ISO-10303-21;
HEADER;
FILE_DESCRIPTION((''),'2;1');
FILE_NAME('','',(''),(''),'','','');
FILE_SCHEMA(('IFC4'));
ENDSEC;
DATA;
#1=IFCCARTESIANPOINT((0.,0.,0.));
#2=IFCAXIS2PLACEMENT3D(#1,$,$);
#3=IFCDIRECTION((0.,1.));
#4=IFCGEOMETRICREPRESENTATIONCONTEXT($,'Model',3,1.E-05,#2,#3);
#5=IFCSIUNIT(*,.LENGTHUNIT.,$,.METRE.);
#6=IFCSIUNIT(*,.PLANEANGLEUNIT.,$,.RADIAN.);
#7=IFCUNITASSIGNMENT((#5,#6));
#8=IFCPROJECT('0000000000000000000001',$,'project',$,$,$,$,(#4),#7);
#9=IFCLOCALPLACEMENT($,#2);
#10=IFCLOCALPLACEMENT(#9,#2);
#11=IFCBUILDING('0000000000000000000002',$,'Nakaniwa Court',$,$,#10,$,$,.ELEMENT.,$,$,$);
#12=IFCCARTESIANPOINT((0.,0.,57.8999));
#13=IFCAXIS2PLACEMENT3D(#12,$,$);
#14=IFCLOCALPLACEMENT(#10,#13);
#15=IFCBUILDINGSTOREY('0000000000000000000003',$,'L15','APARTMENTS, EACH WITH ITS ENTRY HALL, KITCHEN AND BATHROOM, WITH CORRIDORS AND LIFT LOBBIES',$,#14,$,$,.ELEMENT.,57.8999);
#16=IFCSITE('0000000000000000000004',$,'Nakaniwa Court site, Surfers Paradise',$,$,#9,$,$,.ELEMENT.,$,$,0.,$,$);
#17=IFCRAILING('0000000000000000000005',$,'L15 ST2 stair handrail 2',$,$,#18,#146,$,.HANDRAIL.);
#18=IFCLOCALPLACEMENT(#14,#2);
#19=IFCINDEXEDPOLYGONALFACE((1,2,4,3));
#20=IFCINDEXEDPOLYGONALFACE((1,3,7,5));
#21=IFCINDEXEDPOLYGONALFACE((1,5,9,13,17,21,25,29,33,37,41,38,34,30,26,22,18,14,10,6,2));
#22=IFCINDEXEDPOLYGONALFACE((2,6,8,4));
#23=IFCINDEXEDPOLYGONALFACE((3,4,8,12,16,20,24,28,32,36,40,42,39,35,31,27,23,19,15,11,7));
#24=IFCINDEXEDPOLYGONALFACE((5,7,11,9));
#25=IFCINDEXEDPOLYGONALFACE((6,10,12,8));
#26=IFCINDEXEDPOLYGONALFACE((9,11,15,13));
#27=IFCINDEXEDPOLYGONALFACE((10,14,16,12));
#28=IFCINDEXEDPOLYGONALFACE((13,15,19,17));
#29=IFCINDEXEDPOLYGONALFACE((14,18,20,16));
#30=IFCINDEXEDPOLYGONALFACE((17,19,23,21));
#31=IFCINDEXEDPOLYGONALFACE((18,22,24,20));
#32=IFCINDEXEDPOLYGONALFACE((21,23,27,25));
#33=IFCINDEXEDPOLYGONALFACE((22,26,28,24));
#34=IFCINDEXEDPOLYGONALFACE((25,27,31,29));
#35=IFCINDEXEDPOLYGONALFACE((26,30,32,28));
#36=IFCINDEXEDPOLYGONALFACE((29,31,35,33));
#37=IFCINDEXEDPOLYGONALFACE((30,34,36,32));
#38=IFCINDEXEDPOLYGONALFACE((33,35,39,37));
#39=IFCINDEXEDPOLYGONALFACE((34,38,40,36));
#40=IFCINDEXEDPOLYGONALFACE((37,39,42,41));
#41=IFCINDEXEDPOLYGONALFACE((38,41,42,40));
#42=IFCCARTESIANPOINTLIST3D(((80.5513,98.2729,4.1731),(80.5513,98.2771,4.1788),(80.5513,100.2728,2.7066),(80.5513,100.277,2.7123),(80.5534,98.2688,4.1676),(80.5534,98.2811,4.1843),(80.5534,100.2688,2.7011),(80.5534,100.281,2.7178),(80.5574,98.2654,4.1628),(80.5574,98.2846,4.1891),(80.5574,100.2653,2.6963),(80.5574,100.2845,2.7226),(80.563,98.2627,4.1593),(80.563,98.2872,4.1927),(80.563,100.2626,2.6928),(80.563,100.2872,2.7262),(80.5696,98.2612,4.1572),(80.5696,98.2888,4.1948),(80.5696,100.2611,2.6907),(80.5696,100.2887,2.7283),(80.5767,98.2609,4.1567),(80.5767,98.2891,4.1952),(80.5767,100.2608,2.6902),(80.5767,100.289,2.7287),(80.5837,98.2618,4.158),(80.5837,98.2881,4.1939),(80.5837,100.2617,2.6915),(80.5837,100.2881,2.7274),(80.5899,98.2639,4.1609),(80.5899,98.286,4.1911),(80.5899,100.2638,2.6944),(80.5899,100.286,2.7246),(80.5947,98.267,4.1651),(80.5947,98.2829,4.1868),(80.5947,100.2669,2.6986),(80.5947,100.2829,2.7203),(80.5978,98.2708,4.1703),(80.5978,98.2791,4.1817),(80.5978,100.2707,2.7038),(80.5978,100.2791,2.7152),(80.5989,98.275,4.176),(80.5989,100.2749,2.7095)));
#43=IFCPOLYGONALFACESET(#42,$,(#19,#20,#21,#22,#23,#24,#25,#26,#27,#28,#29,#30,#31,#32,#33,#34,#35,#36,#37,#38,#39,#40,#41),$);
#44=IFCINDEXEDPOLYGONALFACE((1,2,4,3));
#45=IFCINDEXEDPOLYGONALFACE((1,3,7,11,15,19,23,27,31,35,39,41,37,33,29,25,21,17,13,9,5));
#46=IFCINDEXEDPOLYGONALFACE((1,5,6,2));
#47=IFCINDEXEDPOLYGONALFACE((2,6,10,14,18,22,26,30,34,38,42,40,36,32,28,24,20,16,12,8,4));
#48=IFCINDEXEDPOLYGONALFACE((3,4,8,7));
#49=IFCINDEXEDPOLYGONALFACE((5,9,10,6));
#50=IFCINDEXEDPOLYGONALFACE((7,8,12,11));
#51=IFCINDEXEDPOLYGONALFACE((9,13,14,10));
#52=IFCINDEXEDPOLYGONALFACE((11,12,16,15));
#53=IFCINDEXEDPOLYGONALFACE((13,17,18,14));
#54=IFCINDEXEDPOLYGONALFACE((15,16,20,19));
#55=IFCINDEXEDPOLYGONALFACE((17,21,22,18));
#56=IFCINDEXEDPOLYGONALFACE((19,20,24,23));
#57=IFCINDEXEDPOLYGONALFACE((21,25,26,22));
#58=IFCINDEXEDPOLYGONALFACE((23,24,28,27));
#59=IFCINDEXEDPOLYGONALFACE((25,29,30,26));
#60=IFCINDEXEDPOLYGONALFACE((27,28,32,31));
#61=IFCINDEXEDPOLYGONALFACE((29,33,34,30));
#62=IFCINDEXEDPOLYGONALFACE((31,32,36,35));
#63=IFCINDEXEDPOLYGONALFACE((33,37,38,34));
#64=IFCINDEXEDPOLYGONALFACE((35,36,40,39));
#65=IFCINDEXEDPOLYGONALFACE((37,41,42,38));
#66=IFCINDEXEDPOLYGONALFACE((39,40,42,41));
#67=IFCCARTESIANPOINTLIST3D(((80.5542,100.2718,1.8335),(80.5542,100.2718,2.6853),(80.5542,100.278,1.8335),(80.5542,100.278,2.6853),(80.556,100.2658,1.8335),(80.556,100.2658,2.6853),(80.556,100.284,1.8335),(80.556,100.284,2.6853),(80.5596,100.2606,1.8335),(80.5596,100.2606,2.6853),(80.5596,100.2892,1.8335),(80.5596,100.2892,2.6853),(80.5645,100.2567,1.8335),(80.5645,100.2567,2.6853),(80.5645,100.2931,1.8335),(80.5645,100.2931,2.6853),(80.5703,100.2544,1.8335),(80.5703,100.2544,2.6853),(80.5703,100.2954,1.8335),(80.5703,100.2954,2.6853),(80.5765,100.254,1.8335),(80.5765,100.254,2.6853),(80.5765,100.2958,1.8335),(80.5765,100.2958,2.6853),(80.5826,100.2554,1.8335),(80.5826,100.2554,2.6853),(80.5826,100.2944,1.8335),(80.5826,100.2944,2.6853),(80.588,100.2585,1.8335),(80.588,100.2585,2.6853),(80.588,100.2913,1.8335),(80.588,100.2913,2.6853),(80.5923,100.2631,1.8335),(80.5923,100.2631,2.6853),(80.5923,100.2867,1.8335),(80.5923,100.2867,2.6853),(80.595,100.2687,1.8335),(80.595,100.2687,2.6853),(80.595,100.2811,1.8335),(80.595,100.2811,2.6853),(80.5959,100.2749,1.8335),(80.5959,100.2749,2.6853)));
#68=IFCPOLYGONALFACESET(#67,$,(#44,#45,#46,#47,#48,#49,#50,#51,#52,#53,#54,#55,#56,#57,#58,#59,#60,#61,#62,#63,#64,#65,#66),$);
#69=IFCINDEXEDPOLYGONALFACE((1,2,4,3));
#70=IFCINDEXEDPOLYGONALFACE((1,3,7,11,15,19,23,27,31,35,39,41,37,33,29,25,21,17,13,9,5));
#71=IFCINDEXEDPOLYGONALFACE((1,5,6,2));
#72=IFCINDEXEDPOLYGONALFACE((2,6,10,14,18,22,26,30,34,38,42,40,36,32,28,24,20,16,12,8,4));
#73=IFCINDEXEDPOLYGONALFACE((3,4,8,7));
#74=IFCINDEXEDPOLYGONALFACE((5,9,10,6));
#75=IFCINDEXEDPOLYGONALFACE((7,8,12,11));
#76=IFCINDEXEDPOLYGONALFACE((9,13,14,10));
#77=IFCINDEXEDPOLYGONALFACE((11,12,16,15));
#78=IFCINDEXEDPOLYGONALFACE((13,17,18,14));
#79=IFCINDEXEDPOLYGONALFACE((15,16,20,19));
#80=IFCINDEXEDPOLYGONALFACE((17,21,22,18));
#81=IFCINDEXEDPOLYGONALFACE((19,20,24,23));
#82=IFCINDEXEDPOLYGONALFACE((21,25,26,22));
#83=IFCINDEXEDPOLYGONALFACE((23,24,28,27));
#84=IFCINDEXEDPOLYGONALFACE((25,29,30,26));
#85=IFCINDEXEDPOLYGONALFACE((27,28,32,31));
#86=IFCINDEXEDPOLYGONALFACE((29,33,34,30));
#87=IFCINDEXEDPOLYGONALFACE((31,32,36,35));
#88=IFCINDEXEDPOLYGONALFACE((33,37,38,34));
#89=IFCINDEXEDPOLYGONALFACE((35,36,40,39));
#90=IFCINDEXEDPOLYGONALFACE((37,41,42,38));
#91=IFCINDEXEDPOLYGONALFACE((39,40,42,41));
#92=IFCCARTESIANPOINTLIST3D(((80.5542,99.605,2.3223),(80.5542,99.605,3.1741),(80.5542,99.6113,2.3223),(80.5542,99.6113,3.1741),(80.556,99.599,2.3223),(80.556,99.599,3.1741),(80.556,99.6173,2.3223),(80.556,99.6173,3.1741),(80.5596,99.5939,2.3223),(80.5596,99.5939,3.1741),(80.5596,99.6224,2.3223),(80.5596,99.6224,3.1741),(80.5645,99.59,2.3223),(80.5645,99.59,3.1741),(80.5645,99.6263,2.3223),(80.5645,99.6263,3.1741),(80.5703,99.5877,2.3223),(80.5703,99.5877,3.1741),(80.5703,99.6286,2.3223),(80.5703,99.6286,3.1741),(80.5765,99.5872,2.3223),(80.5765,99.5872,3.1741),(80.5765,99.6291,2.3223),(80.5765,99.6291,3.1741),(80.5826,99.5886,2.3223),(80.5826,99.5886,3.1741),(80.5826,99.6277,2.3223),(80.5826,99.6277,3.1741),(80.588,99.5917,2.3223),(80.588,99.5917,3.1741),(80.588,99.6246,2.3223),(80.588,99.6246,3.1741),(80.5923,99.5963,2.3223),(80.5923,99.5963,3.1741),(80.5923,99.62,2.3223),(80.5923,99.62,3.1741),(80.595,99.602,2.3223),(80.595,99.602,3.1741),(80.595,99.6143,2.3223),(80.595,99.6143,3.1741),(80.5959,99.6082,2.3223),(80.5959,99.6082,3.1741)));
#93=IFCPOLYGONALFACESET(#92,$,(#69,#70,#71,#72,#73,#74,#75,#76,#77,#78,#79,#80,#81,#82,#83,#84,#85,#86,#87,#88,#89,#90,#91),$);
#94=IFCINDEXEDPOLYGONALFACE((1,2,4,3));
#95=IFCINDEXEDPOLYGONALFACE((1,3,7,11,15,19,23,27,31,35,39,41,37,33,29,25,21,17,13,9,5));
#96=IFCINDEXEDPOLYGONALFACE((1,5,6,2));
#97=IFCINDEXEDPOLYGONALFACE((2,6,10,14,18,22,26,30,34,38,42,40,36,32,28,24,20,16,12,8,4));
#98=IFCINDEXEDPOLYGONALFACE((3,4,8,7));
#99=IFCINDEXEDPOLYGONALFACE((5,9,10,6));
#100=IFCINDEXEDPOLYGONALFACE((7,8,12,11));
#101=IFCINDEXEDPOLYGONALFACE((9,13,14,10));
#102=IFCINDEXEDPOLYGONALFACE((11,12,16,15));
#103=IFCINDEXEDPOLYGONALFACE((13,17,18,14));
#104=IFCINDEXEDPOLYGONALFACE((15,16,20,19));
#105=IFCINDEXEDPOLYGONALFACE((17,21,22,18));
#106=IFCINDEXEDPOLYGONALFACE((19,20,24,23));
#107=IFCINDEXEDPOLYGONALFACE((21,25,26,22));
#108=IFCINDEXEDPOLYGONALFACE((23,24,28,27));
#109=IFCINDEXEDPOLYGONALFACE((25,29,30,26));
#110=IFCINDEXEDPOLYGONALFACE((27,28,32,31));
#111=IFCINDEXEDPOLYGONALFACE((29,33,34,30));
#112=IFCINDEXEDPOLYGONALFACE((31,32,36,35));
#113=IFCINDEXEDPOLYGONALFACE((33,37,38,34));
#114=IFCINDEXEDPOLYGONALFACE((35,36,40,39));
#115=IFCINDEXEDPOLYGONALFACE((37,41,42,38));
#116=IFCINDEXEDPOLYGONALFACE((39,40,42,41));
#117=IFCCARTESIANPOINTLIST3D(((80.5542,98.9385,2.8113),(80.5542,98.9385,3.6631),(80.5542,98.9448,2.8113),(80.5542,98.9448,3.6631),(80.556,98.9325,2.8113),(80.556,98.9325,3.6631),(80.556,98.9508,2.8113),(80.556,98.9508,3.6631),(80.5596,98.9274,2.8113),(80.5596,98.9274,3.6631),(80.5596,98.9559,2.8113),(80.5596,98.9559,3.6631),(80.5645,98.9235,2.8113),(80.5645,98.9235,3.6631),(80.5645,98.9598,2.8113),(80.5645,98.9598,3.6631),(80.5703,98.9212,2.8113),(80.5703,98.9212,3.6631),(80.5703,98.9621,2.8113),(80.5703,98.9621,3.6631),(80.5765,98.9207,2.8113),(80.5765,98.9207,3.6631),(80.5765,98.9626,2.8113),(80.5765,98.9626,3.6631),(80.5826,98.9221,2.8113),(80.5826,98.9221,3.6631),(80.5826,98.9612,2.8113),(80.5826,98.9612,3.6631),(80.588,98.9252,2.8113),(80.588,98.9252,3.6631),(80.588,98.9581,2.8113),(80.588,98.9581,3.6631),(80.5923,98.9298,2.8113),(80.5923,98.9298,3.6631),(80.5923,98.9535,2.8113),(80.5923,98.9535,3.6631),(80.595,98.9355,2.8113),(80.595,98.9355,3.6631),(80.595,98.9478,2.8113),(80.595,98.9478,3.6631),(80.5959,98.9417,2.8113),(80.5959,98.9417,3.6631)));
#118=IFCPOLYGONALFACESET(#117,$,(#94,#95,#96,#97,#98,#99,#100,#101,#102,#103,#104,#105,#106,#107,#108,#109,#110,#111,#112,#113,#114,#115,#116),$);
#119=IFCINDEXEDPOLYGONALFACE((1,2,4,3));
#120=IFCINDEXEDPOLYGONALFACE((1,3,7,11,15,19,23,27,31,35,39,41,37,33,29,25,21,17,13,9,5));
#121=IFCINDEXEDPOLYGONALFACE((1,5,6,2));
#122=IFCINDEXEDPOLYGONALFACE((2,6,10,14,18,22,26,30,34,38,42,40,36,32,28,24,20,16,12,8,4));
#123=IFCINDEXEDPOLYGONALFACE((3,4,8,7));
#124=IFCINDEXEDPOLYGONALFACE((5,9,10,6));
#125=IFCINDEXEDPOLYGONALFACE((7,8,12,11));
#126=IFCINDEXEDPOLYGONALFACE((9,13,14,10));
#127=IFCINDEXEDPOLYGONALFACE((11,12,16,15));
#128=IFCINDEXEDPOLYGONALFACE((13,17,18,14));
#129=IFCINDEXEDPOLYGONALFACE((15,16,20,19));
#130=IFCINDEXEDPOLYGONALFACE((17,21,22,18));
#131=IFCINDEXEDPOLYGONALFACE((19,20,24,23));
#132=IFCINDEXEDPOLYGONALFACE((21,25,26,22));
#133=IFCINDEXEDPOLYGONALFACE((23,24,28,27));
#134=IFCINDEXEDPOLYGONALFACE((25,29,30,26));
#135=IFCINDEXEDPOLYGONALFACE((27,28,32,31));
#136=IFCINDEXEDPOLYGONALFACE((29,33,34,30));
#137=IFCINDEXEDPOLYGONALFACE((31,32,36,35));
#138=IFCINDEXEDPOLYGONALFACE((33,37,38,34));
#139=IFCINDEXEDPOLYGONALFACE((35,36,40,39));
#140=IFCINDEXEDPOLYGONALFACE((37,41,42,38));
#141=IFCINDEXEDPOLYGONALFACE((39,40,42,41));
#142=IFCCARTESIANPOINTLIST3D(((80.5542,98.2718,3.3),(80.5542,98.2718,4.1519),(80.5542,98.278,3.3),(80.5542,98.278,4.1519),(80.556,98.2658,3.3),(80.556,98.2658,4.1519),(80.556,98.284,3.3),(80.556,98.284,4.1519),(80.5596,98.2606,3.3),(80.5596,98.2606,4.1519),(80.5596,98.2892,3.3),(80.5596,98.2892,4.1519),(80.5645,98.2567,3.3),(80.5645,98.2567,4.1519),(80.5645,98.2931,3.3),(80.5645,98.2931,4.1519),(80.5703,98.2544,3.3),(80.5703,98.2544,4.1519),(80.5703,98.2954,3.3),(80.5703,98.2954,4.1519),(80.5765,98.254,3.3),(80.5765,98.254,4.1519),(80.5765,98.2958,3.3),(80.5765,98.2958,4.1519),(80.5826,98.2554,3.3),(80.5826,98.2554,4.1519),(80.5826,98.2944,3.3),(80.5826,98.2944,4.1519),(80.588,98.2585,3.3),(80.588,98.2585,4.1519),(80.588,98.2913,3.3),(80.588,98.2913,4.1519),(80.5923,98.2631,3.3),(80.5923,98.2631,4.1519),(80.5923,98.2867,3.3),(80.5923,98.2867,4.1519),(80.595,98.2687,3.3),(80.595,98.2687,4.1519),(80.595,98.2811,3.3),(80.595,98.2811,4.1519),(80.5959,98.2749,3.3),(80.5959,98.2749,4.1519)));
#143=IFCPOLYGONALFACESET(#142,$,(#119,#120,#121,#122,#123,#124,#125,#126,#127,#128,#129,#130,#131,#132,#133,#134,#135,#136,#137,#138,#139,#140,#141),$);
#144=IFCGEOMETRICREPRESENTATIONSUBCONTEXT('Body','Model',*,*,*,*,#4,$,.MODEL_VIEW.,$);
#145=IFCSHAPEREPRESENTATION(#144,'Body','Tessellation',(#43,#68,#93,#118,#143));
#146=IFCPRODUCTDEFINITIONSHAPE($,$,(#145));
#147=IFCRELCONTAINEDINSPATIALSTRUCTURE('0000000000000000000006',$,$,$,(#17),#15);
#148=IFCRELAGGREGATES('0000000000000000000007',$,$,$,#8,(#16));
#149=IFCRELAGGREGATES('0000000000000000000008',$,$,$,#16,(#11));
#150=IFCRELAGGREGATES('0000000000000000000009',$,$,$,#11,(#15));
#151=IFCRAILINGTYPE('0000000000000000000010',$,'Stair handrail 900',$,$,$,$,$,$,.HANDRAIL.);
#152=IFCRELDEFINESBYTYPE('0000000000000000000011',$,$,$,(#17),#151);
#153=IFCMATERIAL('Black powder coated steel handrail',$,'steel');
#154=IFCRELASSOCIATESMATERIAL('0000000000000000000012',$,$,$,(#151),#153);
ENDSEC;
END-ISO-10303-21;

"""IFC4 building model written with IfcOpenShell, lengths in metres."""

from ifc_helpers import new_model, si_unit, direction, frame, origin, origin_2d, place, context, subcontext, project, spatial, circle, extrude, material, type_object, element, save


model = new_model("IFC4")

# Units and contexts
model_context = context("Model", 3, precision=1e-05, world=origin(), true_north=direction((0.0, 1.0)))
body_context = subcontext(model_context, "Body", "Model", "MODEL_VIEW")
ifc_project = project(units=[si_unit("LENGTHUNIT", "METRE"), si_unit("PLANEANGLEUNIT", "RADIAN")], contexts=[model_context])

# Site, building, storey
site_placement = place(None, origin())
site = spatial("IfcSite", under=ifc_project, at=site_placement, Name="Nakaniwa Court site, Surfers Paradise", CompositionType="ELEMENT", RefElevation=0.0)
building_placement = place(site_placement, origin())
building = spatial("IfcBuilding", under=site, at=building_placement, Name="Nakaniwa Court", CompositionType="ELEMENT")
storey_placement = place(building_placement, frame((0.0, 0.0, 57.8999)))
storey = spatial("IfcBuildingStorey", under=building, at=storey_placement, Name="L15", Description="APARTMENTS, EACH WITH ITS ENTRY HALL, KITCHEN AND BATHROOM, WITH CORRIDORS AND LIFT LOBBIES", CompositionType="ELEMENT", Elevation=57.8999)

# Railing
ifc_material_1 = material(Name="Black powder coated steel handrail", Category="steel")
railing_type_1 = type_object("IfcRailingType", Name="Stair handrail 900", PredefinedType="HANDRAIL", material=ifc_material_1)
railing_1_placement = place(storey_placement, frame((80.575, 100.2749, 1.8335)))
element("IfcRailing", 1, at=railing_1_placement, inside=storey, type_object=railing_type_1, Name="L15 ST2 stair handrail 2", PredefinedType="HANDRAIL", context=body_context, shape_type="SweptSolid", body=[
    extrude(circle(Radius=0.0239, at=origin_2d()), frame((0.0, 0.0, 0.876), z_axis=(0.0, -0.806427, 0.591334), x_axis=(1.0, 0.0, 0.0)), (0.0, 0.0, 1.0), 2.48),
    extrude(circle(Radius=0.021, at=origin_2d()), origin(), (0.0, 0.0, 1.0), 0.8518),
    extrude(circle(Radius=0.021, at=origin_2d()), frame((0.0, -0.6667, 0.4888)), (0.0, 0.0, 1.0), 0.8518),
    extrude(circle(Radius=0.021, at=origin_2d()), frame((0.0, -1.3333, 0.9778)), (0.0, 0.0, 1.0), 0.8518),
    extrude(circle(Radius=0.021, at=origin_2d()), frame((0.0, -2.0, 1.4666)), (0.0, 0.0, 1.0), 0.8518),
])

save(model, "model.ifc")
